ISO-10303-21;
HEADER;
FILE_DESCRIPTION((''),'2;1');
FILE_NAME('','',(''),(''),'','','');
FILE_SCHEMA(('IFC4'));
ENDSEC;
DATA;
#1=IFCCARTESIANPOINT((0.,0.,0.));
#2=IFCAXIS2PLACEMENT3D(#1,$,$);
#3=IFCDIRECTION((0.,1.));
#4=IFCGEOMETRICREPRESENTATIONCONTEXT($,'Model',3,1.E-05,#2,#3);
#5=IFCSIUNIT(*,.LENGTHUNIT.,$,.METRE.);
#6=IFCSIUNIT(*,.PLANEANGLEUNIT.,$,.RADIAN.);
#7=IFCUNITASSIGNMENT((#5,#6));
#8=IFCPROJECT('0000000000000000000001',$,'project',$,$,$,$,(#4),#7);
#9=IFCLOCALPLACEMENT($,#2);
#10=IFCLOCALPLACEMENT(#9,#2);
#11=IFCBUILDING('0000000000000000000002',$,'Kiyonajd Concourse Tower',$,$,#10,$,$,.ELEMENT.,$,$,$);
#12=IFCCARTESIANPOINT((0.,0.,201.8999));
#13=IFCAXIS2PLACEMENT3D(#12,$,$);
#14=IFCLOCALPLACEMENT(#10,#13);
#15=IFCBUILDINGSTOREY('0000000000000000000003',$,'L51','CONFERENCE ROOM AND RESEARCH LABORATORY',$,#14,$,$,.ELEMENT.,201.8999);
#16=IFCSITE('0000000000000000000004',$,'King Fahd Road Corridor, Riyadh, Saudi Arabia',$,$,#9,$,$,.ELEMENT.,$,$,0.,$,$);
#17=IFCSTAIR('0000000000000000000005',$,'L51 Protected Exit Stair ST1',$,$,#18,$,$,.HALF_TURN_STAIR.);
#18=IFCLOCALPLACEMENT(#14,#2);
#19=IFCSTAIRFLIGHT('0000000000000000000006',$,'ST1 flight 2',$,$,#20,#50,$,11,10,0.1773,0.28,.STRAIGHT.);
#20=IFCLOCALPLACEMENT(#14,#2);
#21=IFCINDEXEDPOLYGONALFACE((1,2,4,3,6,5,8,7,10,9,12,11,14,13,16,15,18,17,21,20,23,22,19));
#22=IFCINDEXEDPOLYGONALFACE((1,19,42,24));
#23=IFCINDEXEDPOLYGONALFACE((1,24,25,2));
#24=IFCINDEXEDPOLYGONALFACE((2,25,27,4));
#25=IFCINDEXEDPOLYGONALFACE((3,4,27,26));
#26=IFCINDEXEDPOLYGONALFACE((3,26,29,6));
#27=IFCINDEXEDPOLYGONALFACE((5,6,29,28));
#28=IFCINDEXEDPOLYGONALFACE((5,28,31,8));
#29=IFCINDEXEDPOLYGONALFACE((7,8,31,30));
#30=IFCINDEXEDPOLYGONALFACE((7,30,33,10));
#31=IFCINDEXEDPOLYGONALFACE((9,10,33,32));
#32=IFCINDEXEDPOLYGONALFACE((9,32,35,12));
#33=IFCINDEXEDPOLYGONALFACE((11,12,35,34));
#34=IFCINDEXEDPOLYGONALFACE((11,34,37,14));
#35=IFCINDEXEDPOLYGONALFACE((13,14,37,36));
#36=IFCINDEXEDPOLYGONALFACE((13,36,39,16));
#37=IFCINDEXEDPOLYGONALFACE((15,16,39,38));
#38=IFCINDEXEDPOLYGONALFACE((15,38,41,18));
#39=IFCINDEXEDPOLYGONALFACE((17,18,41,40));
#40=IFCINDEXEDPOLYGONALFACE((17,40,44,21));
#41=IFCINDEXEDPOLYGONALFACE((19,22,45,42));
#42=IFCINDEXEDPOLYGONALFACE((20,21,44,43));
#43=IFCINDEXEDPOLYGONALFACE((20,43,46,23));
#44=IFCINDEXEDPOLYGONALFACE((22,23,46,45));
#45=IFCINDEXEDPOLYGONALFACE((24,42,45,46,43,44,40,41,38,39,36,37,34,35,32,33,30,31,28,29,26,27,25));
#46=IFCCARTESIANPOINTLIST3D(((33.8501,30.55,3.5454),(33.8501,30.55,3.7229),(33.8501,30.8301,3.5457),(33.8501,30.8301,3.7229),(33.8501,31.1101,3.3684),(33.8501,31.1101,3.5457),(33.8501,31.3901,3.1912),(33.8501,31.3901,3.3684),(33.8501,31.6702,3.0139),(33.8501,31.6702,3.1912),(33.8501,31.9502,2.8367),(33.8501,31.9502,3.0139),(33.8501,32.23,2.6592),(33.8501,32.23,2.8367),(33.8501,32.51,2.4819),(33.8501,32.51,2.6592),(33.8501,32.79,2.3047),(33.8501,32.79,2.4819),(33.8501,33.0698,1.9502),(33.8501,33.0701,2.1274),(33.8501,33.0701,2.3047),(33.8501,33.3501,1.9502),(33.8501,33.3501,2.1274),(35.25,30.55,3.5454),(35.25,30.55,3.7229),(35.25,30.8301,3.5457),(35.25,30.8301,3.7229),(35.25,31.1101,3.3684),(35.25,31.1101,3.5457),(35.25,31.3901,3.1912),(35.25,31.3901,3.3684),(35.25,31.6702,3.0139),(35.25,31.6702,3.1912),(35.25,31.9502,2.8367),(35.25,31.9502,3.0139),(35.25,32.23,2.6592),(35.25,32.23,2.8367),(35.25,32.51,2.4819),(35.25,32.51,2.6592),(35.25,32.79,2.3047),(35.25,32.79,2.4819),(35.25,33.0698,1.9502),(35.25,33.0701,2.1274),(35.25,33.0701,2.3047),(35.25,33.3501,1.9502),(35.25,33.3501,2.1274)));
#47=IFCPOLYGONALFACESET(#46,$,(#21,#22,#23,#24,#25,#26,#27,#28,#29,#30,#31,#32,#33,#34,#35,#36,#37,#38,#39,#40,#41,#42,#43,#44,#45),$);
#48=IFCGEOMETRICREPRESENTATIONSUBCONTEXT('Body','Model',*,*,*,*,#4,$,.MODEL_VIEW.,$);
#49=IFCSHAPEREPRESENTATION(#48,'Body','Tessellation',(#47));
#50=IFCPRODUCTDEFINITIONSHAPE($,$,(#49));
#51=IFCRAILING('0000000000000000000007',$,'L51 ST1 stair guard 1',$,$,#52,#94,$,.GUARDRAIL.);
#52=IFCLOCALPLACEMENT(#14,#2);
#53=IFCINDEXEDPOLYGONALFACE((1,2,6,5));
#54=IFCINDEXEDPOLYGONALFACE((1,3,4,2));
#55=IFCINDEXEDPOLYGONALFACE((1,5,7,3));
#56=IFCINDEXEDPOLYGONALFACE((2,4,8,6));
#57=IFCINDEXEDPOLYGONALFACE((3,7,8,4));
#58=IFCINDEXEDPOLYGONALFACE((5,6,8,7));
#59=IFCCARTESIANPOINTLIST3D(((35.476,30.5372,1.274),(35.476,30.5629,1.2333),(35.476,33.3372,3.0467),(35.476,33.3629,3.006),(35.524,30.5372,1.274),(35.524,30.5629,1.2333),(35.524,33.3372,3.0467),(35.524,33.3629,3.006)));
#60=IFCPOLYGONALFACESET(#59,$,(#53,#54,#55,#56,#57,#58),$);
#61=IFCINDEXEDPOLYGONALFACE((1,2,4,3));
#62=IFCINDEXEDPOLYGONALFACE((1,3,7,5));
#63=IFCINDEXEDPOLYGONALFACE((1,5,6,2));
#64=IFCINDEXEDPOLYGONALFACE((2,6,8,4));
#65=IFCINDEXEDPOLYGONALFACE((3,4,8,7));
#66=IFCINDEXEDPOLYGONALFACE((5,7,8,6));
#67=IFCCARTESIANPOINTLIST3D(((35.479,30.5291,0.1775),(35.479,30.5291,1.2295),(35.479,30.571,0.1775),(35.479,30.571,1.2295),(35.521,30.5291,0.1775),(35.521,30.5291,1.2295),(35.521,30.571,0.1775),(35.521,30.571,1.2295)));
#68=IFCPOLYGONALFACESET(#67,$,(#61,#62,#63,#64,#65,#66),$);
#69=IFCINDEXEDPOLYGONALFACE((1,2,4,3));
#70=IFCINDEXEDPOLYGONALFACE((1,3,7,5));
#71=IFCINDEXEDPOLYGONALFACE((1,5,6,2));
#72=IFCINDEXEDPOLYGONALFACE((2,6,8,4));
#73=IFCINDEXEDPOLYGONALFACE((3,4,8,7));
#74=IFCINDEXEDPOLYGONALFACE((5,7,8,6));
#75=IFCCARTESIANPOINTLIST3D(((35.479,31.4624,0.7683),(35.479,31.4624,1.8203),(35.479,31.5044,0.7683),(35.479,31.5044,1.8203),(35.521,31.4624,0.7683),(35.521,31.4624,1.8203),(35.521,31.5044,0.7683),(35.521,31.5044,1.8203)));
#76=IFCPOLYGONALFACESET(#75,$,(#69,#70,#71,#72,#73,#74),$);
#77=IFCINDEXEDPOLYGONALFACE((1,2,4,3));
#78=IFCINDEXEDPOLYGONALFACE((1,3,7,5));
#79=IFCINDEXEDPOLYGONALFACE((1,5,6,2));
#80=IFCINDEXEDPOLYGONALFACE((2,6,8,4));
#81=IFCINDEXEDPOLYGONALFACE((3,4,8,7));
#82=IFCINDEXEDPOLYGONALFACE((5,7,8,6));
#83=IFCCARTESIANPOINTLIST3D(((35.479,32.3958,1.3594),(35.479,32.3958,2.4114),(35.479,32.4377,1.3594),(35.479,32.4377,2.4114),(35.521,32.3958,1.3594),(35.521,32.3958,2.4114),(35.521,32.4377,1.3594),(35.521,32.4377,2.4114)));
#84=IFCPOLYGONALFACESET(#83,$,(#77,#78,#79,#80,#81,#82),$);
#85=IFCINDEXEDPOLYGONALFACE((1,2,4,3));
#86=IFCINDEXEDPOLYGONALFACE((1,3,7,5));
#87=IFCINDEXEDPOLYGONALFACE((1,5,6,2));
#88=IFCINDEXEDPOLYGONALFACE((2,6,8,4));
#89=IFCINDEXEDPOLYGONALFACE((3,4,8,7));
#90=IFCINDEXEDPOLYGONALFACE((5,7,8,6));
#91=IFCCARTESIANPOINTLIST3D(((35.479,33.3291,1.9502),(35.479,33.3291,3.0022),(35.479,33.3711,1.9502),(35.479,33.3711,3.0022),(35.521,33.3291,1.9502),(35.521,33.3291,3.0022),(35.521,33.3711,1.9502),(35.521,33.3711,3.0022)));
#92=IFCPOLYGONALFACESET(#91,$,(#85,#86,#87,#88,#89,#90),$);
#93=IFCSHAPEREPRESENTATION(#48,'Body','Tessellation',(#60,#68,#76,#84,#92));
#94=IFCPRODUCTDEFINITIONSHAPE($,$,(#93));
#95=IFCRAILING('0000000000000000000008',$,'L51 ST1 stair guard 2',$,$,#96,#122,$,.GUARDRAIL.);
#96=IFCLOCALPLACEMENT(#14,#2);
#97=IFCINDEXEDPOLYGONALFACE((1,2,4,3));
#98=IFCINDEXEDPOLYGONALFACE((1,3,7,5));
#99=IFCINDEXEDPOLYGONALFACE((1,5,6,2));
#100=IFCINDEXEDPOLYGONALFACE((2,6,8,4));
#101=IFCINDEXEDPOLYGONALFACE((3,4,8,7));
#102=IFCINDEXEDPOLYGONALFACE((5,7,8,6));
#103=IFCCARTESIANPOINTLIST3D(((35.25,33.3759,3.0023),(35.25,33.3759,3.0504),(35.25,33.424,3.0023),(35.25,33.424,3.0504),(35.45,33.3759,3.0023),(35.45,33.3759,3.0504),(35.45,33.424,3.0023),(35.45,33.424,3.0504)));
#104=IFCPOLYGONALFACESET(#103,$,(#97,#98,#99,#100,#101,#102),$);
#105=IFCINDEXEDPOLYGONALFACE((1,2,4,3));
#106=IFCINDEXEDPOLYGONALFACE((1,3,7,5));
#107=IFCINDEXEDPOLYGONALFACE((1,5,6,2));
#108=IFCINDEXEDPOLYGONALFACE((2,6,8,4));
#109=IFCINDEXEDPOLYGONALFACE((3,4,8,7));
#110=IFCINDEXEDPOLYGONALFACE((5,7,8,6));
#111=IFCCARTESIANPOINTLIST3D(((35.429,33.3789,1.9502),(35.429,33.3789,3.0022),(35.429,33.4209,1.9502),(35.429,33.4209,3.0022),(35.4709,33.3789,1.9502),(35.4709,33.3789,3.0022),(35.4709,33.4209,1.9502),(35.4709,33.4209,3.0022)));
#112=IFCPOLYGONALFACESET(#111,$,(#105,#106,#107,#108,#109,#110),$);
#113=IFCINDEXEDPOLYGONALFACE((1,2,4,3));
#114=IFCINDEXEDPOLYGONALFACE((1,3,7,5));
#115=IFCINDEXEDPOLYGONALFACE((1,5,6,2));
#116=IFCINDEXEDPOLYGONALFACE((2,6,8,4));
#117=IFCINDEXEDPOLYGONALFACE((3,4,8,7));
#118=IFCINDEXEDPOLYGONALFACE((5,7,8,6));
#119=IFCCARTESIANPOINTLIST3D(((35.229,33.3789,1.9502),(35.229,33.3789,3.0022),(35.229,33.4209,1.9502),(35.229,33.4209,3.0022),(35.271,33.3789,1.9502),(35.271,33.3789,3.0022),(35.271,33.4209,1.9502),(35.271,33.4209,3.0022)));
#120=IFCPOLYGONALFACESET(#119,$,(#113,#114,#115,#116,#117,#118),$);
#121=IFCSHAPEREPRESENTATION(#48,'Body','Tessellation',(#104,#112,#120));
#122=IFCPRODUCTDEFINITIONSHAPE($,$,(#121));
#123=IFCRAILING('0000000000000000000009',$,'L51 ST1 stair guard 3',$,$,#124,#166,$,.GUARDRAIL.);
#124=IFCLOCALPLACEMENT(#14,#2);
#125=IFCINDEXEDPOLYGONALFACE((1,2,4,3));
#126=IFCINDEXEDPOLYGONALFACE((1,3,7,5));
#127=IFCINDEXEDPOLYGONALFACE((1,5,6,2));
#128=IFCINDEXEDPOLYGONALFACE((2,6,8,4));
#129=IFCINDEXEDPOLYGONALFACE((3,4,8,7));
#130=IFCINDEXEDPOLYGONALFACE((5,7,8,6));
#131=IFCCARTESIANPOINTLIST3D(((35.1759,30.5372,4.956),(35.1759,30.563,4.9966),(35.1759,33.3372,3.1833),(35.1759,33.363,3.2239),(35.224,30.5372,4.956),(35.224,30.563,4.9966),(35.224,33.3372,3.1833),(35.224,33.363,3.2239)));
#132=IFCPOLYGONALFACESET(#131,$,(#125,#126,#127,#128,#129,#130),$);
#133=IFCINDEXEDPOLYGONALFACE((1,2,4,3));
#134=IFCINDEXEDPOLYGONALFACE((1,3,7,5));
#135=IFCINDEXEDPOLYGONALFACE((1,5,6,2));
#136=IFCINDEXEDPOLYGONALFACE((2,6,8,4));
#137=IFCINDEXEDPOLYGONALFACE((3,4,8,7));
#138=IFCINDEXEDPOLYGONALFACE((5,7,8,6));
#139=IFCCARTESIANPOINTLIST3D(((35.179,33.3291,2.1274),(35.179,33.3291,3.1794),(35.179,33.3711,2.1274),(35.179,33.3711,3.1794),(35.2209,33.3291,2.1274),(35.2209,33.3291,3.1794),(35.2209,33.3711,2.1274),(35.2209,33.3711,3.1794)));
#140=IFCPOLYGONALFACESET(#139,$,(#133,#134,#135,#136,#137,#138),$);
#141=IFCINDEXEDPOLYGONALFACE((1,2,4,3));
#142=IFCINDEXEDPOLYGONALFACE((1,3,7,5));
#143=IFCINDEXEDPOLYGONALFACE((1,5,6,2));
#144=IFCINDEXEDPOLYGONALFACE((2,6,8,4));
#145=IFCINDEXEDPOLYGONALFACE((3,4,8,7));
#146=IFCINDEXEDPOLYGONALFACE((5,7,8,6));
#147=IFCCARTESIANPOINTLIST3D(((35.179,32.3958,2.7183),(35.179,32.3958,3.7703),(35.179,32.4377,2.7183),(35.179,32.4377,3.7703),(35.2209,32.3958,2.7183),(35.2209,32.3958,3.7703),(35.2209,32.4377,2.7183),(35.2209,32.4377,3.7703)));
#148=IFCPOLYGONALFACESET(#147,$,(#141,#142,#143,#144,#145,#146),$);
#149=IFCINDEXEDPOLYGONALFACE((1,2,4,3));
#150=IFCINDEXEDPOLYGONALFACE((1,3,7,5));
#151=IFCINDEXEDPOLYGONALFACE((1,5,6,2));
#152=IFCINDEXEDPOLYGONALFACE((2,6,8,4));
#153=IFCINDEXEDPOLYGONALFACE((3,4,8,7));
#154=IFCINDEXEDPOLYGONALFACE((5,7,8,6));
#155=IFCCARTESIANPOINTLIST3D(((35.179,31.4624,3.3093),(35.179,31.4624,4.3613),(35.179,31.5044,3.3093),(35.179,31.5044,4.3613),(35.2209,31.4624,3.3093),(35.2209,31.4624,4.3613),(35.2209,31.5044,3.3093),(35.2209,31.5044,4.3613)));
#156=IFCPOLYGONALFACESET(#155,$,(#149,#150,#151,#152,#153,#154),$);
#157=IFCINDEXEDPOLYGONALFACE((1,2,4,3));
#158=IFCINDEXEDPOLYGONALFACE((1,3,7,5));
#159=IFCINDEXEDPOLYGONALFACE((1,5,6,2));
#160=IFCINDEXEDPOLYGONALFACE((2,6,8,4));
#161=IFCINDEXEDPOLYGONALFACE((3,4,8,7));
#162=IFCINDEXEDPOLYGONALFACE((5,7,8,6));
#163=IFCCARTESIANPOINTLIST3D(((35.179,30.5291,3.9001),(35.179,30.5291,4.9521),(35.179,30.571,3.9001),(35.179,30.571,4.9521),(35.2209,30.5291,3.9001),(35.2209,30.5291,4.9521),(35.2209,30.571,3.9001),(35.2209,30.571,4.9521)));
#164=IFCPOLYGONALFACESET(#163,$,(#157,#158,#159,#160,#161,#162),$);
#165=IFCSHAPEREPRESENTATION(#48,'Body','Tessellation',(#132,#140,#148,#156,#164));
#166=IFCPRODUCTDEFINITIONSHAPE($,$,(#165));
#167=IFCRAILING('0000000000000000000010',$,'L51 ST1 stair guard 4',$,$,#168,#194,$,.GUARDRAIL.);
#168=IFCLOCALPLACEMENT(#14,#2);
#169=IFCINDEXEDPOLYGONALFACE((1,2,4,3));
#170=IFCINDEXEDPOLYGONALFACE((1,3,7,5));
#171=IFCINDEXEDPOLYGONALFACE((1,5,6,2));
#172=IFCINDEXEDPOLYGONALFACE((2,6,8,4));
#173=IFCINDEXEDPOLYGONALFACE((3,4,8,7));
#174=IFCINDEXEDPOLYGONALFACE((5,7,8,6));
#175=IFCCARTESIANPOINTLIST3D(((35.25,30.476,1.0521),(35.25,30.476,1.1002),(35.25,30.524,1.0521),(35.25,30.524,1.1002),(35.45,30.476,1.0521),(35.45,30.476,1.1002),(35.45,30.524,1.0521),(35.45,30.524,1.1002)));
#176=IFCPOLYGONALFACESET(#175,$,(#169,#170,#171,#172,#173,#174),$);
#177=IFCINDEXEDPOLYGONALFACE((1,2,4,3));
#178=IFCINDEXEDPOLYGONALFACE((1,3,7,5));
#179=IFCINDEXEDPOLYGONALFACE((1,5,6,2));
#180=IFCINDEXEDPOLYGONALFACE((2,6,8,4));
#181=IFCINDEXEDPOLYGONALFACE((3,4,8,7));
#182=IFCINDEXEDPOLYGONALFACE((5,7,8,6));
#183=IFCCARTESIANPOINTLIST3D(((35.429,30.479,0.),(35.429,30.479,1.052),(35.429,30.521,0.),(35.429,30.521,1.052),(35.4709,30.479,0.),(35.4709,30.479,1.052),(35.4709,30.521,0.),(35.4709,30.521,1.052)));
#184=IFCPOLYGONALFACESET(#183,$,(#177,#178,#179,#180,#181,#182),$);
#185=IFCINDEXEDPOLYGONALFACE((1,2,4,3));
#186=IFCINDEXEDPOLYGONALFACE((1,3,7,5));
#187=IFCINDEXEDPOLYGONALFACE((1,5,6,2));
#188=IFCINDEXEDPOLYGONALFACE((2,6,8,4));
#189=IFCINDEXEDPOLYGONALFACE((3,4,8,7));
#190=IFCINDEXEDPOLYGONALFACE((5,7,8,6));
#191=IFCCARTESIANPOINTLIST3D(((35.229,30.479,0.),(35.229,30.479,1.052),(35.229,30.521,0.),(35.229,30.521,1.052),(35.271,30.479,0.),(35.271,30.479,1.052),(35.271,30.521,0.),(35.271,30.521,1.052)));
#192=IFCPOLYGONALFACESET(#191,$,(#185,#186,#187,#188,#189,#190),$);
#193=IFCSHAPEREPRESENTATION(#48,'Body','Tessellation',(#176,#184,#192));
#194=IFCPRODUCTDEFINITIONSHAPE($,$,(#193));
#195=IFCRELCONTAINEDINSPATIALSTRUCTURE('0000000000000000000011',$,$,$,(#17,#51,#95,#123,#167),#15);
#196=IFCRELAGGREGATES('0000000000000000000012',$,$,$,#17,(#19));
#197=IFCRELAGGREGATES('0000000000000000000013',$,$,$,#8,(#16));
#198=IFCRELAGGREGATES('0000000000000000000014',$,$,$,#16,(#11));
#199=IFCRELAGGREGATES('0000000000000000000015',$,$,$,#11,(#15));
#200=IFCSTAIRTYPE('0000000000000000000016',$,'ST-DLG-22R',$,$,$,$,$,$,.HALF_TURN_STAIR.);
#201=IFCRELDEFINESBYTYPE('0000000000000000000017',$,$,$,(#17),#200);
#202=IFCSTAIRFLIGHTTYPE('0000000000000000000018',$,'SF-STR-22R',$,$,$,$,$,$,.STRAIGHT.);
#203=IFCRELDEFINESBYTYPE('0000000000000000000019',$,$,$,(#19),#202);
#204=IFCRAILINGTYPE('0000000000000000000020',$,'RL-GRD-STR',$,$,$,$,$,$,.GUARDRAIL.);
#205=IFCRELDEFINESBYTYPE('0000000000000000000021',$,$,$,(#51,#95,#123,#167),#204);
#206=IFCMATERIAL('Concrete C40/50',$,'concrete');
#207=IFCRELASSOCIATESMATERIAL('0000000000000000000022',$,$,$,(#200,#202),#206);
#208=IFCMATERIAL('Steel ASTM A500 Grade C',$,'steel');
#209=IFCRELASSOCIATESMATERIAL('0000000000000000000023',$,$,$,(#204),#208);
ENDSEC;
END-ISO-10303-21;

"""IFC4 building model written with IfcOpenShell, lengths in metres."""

from ifc_helpers import new_model, si_unit, direction, frame, origin, origin_2d, place, context, subcontext, project, spatial, polyline, rectangle, outline, extrude, material, type_object, element, aggregate, save


model = new_model("IFC4")

# Units and contexts
model_context = context("Model", 3, precision=1e-05, world=origin(), true_north=direction((0.0, 1.0)))
body_context = subcontext(model_context, "Body", "Model", "MODEL_VIEW")
ifc_project = project(units=[si_unit("LENGTHUNIT", "METRE"), si_unit("PLANEANGLEUNIT", "RADIAN")], contexts=[model_context])

# Site, building, storey
site_placement = place(None, origin())
site = spatial("IfcSite", under=ifc_project, at=site_placement, Name="King Fahd Road Corridor, Riyadh, Saudi Arabia", CompositionType="ELEMENT", RefElevation=0.0)
building_placement = place(site_placement, origin())
building = spatial("IfcBuilding", under=site, at=building_placement, Name="Kiyonajd Concourse Tower", CompositionType="ELEMENT")
storey_placement = place(building_placement, frame((0.0, 0.0, 201.8999)))
storey = spatial("IfcBuildingStorey", under=building, at=storey_placement, Name="L51", Description="CONFERENCE ROOM AND RESEARCH LABORATORY", CompositionType="ELEMENT", Elevation=201.8999)

# Stair, stair flight
ifc_material_1 = material(Name="Concrete C40/50", Category="concrete")
stair_type = type_object("IfcStairType", Name="ST-DLG-22R", PredefinedType="HALF_TURN_STAIR", material=ifc_material_1)
stair_placement = place(storey_placement, origin())
stair = element("IfcStair", 1, at=stair_placement, inside=storey, type_object=stair_type, Name="L51 Protected Exit Stair ST1", PredefinedType="HALF_TURN_STAIR")
stair_flight_type = type_object("IfcStairFlightType", Name="SF-STR-22R", PredefinedType="STRAIGHT", material=ifc_material_1)
stair_flight_1_placement = place(storey_placement, frame((34.55, 33.3501, 1.9502), z_axis=(0.0, 0.0, 1.0), x_axis=(0.0, -1.0, 0.0)))
stair_flight_1 = element("IfcStairFlight", 2, at=stair_flight_1_placement, type_object=stair_flight_type, Name="ST1 flight 2", NumberOfRisers=11, NumberOfTreads=10, PredefinedType="STRAIGHT", RiserHeight=0.1773, TreadLength=0.28, context=body_context, shape_type="SweptSolid", body=[
    extrude(outline(polyline([(0.0, 0.0), (0.0, 0.1772), (0.28, 0.1772), (0.28, 0.3545), (0.5601, 0.3545), (0.5601, 0.5317), (0.8401, 0.5317), (0.8401, 0.709), (1.1201, 0.709), (1.1201, 0.8865), (1.3999, 0.8865), (1.3999, 1.0637), (1.6799, 1.0637), (1.6799, 1.241), (1.96, 1.241), (1.96, 1.4182), (2.24, 1.4182), (2.24, 1.5955), (2.52, 1.5955), (2.52, 1.7727), (2.8, 1.7727), (2.8, 1.95), (2.8, 1.5952), (0.2803, 0.0), (0.0, 0.0)])), frame((0.0, 0.7, 0.0), z_axis=(0.0, -1.0, 0.0), x_axis=(1.0, 0.0, 0.0)), (0.0, 0.0, 1.0), 1.3999),
])
aggregate(stair, [stair_flight_1])

# Railings
ifc_material_2 = material(Name="Steel ASTM A500 Grade C", Category="steel")
railing_type_1 = type_object("IfcRailingType", Name="RL-GRD-STR", PredefinedType="GUARDRAIL", material=ifc_material_2)
railing_1_placement = place(storey_placement, frame((35.5, 30.55, 0.1775)))
element("IfcRailing", 3, at=railing_1_placement, inside=storey, type_object=railing_type_1, Name="L51 ST1 stair guard 1", PredefinedType="GUARDRAIL", context=body_context, shape_type="SweptSolid", body=[
    extrude(rectangle(XDim=0.0481, YDim=0.0481, at=origin_2d()), frame((0.0, 0.0, 1.0762), z_axis=(0.0, 0.844909, 0.53491), x_axis=(-1.0, 0.0, 0.0)), (0.0, 0.0, 1.0), 3.314),
    extrude(rectangle(XDim=0.042, YDim=0.042, at=origin_2d()), origin(), (0.0, 0.0, 1.0), 1.052),
    extrude(rectangle(XDim=0.042, YDim=0.042, at=origin_2d()), frame((0.0, 0.9333, 0.5908)), (0.0, 0.0, 1.0), 1.052),
    extrude(rectangle(XDim=0.042, YDim=0.042, at=origin_2d()), frame((0.0, 1.8667, 1.1819)), (0.0, 0.0, 1.0), 1.052),
    extrude(rectangle(XDim=0.042, YDim=0.042, at=origin_2d()), frame((0.0, 2.8, 1.7727)), (0.0, 0.0, 1.0), 1.052),
])
railing_2_placement = place(storey_placement, frame((35.45, 33.3999, 1.9502)))
element("IfcRailing", 4, at=railing_2_placement, inside=storey, type_object=railing_type_1, Name="L51 ST1 stair guard 2", PredefinedType="GUARDRAIL", context=body_context, shape_type="SweptSolid", body=[
    extrude(rectangle(XDim=0.0481, YDim=0.0481, at=origin_2d()), frame((0.0, 0.0, 1.0762), z_axis=(-1.0, 0.0, 0.0), x_axis=(0.0, -1.0, 0.0)), (0.0, 0.0, 1.0), 0.2),
    extrude(rectangle(XDim=0.042, YDim=0.042, at=origin_2d()), origin(), (0.0, 0.0, 1.0), 1.052),
    extrude(rectangle(XDim=0.042, YDim=0.042, at=origin_2d()), frame((-0.2, 0.0, 0.0)), (0.0, 0.0, 1.0), 1.052),
])
railing_3_placement = place(storey_placement, frame((35.2, 33.3501, 2.1274)))
element("IfcRailing", 5, at=railing_3_placement, inside=storey, type_object=railing_type_1, Name="L51 ST1 stair guard 3", PredefinedType="GUARDRAIL", context=body_context, shape_type="SweptSolid", body=[
    extrude(rectangle(XDim=0.0481, YDim=0.0481, at=origin_2d()), frame((0.0, 0.0, 1.0762), z_axis=(0.0, -0.844909, 0.53491), x_axis=(1.0, 0.0, 0.0)), (0.0, 0.0, 1.0), 3.314),
    extrude(rectangle(XDim=0.042, YDim=0.042, at=origin_2d()), origin(), (0.0, 0.0, 1.0), 1.052),
    extrude(rectangle(XDim=0.042, YDim=0.042, at=origin_2d()), frame((0.0, -0.9333, 0.5908)), (0.0, 0.0, 1.0), 1.052),
    extrude(rectangle(XDim=0.042, YDim=0.042, at=origin_2d()), frame((0.0, -1.8667, 1.1819)), (0.0, 0.0, 1.0), 1.052),
    extrude(rectangle(XDim=0.042, YDim=0.042, at=origin_2d()), frame((0.0, -2.8, 1.7727)), (0.0, 0.0, 1.0), 1.052),
])
railing_4_placement = place(storey_placement, frame((35.45, 30.5, 0.0)))
element("IfcRailing", 6, at=railing_4_placement, inside=storey, type_object=railing_type_1, Name="L51 ST1 stair guard 4", PredefinedType="GUARDRAIL", context=body_context, shape_type="SweptSolid", body=[
    extrude(rectangle(XDim=0.0481, YDim=0.0481, at=origin_2d()), frame((0.0, 0.0, 1.0762), z_axis=(-1.0, 0.0, 0.0), x_axis=(0.0, -1.0, 0.0)), (0.0, 0.0, 1.0), 0.2),
    extrude(rectangle(XDim=0.042, YDim=0.042, at=origin_2d()), origin(), (0.0, 0.0, 1.0), 1.052),
    extrude(rectangle(XDim=0.042, YDim=0.042, at=origin_2d()), frame((-0.2, 0.0, 0.0)), (0.0, 0.0, 1.0), 1.052),
])

save(model, "model.ifc")
